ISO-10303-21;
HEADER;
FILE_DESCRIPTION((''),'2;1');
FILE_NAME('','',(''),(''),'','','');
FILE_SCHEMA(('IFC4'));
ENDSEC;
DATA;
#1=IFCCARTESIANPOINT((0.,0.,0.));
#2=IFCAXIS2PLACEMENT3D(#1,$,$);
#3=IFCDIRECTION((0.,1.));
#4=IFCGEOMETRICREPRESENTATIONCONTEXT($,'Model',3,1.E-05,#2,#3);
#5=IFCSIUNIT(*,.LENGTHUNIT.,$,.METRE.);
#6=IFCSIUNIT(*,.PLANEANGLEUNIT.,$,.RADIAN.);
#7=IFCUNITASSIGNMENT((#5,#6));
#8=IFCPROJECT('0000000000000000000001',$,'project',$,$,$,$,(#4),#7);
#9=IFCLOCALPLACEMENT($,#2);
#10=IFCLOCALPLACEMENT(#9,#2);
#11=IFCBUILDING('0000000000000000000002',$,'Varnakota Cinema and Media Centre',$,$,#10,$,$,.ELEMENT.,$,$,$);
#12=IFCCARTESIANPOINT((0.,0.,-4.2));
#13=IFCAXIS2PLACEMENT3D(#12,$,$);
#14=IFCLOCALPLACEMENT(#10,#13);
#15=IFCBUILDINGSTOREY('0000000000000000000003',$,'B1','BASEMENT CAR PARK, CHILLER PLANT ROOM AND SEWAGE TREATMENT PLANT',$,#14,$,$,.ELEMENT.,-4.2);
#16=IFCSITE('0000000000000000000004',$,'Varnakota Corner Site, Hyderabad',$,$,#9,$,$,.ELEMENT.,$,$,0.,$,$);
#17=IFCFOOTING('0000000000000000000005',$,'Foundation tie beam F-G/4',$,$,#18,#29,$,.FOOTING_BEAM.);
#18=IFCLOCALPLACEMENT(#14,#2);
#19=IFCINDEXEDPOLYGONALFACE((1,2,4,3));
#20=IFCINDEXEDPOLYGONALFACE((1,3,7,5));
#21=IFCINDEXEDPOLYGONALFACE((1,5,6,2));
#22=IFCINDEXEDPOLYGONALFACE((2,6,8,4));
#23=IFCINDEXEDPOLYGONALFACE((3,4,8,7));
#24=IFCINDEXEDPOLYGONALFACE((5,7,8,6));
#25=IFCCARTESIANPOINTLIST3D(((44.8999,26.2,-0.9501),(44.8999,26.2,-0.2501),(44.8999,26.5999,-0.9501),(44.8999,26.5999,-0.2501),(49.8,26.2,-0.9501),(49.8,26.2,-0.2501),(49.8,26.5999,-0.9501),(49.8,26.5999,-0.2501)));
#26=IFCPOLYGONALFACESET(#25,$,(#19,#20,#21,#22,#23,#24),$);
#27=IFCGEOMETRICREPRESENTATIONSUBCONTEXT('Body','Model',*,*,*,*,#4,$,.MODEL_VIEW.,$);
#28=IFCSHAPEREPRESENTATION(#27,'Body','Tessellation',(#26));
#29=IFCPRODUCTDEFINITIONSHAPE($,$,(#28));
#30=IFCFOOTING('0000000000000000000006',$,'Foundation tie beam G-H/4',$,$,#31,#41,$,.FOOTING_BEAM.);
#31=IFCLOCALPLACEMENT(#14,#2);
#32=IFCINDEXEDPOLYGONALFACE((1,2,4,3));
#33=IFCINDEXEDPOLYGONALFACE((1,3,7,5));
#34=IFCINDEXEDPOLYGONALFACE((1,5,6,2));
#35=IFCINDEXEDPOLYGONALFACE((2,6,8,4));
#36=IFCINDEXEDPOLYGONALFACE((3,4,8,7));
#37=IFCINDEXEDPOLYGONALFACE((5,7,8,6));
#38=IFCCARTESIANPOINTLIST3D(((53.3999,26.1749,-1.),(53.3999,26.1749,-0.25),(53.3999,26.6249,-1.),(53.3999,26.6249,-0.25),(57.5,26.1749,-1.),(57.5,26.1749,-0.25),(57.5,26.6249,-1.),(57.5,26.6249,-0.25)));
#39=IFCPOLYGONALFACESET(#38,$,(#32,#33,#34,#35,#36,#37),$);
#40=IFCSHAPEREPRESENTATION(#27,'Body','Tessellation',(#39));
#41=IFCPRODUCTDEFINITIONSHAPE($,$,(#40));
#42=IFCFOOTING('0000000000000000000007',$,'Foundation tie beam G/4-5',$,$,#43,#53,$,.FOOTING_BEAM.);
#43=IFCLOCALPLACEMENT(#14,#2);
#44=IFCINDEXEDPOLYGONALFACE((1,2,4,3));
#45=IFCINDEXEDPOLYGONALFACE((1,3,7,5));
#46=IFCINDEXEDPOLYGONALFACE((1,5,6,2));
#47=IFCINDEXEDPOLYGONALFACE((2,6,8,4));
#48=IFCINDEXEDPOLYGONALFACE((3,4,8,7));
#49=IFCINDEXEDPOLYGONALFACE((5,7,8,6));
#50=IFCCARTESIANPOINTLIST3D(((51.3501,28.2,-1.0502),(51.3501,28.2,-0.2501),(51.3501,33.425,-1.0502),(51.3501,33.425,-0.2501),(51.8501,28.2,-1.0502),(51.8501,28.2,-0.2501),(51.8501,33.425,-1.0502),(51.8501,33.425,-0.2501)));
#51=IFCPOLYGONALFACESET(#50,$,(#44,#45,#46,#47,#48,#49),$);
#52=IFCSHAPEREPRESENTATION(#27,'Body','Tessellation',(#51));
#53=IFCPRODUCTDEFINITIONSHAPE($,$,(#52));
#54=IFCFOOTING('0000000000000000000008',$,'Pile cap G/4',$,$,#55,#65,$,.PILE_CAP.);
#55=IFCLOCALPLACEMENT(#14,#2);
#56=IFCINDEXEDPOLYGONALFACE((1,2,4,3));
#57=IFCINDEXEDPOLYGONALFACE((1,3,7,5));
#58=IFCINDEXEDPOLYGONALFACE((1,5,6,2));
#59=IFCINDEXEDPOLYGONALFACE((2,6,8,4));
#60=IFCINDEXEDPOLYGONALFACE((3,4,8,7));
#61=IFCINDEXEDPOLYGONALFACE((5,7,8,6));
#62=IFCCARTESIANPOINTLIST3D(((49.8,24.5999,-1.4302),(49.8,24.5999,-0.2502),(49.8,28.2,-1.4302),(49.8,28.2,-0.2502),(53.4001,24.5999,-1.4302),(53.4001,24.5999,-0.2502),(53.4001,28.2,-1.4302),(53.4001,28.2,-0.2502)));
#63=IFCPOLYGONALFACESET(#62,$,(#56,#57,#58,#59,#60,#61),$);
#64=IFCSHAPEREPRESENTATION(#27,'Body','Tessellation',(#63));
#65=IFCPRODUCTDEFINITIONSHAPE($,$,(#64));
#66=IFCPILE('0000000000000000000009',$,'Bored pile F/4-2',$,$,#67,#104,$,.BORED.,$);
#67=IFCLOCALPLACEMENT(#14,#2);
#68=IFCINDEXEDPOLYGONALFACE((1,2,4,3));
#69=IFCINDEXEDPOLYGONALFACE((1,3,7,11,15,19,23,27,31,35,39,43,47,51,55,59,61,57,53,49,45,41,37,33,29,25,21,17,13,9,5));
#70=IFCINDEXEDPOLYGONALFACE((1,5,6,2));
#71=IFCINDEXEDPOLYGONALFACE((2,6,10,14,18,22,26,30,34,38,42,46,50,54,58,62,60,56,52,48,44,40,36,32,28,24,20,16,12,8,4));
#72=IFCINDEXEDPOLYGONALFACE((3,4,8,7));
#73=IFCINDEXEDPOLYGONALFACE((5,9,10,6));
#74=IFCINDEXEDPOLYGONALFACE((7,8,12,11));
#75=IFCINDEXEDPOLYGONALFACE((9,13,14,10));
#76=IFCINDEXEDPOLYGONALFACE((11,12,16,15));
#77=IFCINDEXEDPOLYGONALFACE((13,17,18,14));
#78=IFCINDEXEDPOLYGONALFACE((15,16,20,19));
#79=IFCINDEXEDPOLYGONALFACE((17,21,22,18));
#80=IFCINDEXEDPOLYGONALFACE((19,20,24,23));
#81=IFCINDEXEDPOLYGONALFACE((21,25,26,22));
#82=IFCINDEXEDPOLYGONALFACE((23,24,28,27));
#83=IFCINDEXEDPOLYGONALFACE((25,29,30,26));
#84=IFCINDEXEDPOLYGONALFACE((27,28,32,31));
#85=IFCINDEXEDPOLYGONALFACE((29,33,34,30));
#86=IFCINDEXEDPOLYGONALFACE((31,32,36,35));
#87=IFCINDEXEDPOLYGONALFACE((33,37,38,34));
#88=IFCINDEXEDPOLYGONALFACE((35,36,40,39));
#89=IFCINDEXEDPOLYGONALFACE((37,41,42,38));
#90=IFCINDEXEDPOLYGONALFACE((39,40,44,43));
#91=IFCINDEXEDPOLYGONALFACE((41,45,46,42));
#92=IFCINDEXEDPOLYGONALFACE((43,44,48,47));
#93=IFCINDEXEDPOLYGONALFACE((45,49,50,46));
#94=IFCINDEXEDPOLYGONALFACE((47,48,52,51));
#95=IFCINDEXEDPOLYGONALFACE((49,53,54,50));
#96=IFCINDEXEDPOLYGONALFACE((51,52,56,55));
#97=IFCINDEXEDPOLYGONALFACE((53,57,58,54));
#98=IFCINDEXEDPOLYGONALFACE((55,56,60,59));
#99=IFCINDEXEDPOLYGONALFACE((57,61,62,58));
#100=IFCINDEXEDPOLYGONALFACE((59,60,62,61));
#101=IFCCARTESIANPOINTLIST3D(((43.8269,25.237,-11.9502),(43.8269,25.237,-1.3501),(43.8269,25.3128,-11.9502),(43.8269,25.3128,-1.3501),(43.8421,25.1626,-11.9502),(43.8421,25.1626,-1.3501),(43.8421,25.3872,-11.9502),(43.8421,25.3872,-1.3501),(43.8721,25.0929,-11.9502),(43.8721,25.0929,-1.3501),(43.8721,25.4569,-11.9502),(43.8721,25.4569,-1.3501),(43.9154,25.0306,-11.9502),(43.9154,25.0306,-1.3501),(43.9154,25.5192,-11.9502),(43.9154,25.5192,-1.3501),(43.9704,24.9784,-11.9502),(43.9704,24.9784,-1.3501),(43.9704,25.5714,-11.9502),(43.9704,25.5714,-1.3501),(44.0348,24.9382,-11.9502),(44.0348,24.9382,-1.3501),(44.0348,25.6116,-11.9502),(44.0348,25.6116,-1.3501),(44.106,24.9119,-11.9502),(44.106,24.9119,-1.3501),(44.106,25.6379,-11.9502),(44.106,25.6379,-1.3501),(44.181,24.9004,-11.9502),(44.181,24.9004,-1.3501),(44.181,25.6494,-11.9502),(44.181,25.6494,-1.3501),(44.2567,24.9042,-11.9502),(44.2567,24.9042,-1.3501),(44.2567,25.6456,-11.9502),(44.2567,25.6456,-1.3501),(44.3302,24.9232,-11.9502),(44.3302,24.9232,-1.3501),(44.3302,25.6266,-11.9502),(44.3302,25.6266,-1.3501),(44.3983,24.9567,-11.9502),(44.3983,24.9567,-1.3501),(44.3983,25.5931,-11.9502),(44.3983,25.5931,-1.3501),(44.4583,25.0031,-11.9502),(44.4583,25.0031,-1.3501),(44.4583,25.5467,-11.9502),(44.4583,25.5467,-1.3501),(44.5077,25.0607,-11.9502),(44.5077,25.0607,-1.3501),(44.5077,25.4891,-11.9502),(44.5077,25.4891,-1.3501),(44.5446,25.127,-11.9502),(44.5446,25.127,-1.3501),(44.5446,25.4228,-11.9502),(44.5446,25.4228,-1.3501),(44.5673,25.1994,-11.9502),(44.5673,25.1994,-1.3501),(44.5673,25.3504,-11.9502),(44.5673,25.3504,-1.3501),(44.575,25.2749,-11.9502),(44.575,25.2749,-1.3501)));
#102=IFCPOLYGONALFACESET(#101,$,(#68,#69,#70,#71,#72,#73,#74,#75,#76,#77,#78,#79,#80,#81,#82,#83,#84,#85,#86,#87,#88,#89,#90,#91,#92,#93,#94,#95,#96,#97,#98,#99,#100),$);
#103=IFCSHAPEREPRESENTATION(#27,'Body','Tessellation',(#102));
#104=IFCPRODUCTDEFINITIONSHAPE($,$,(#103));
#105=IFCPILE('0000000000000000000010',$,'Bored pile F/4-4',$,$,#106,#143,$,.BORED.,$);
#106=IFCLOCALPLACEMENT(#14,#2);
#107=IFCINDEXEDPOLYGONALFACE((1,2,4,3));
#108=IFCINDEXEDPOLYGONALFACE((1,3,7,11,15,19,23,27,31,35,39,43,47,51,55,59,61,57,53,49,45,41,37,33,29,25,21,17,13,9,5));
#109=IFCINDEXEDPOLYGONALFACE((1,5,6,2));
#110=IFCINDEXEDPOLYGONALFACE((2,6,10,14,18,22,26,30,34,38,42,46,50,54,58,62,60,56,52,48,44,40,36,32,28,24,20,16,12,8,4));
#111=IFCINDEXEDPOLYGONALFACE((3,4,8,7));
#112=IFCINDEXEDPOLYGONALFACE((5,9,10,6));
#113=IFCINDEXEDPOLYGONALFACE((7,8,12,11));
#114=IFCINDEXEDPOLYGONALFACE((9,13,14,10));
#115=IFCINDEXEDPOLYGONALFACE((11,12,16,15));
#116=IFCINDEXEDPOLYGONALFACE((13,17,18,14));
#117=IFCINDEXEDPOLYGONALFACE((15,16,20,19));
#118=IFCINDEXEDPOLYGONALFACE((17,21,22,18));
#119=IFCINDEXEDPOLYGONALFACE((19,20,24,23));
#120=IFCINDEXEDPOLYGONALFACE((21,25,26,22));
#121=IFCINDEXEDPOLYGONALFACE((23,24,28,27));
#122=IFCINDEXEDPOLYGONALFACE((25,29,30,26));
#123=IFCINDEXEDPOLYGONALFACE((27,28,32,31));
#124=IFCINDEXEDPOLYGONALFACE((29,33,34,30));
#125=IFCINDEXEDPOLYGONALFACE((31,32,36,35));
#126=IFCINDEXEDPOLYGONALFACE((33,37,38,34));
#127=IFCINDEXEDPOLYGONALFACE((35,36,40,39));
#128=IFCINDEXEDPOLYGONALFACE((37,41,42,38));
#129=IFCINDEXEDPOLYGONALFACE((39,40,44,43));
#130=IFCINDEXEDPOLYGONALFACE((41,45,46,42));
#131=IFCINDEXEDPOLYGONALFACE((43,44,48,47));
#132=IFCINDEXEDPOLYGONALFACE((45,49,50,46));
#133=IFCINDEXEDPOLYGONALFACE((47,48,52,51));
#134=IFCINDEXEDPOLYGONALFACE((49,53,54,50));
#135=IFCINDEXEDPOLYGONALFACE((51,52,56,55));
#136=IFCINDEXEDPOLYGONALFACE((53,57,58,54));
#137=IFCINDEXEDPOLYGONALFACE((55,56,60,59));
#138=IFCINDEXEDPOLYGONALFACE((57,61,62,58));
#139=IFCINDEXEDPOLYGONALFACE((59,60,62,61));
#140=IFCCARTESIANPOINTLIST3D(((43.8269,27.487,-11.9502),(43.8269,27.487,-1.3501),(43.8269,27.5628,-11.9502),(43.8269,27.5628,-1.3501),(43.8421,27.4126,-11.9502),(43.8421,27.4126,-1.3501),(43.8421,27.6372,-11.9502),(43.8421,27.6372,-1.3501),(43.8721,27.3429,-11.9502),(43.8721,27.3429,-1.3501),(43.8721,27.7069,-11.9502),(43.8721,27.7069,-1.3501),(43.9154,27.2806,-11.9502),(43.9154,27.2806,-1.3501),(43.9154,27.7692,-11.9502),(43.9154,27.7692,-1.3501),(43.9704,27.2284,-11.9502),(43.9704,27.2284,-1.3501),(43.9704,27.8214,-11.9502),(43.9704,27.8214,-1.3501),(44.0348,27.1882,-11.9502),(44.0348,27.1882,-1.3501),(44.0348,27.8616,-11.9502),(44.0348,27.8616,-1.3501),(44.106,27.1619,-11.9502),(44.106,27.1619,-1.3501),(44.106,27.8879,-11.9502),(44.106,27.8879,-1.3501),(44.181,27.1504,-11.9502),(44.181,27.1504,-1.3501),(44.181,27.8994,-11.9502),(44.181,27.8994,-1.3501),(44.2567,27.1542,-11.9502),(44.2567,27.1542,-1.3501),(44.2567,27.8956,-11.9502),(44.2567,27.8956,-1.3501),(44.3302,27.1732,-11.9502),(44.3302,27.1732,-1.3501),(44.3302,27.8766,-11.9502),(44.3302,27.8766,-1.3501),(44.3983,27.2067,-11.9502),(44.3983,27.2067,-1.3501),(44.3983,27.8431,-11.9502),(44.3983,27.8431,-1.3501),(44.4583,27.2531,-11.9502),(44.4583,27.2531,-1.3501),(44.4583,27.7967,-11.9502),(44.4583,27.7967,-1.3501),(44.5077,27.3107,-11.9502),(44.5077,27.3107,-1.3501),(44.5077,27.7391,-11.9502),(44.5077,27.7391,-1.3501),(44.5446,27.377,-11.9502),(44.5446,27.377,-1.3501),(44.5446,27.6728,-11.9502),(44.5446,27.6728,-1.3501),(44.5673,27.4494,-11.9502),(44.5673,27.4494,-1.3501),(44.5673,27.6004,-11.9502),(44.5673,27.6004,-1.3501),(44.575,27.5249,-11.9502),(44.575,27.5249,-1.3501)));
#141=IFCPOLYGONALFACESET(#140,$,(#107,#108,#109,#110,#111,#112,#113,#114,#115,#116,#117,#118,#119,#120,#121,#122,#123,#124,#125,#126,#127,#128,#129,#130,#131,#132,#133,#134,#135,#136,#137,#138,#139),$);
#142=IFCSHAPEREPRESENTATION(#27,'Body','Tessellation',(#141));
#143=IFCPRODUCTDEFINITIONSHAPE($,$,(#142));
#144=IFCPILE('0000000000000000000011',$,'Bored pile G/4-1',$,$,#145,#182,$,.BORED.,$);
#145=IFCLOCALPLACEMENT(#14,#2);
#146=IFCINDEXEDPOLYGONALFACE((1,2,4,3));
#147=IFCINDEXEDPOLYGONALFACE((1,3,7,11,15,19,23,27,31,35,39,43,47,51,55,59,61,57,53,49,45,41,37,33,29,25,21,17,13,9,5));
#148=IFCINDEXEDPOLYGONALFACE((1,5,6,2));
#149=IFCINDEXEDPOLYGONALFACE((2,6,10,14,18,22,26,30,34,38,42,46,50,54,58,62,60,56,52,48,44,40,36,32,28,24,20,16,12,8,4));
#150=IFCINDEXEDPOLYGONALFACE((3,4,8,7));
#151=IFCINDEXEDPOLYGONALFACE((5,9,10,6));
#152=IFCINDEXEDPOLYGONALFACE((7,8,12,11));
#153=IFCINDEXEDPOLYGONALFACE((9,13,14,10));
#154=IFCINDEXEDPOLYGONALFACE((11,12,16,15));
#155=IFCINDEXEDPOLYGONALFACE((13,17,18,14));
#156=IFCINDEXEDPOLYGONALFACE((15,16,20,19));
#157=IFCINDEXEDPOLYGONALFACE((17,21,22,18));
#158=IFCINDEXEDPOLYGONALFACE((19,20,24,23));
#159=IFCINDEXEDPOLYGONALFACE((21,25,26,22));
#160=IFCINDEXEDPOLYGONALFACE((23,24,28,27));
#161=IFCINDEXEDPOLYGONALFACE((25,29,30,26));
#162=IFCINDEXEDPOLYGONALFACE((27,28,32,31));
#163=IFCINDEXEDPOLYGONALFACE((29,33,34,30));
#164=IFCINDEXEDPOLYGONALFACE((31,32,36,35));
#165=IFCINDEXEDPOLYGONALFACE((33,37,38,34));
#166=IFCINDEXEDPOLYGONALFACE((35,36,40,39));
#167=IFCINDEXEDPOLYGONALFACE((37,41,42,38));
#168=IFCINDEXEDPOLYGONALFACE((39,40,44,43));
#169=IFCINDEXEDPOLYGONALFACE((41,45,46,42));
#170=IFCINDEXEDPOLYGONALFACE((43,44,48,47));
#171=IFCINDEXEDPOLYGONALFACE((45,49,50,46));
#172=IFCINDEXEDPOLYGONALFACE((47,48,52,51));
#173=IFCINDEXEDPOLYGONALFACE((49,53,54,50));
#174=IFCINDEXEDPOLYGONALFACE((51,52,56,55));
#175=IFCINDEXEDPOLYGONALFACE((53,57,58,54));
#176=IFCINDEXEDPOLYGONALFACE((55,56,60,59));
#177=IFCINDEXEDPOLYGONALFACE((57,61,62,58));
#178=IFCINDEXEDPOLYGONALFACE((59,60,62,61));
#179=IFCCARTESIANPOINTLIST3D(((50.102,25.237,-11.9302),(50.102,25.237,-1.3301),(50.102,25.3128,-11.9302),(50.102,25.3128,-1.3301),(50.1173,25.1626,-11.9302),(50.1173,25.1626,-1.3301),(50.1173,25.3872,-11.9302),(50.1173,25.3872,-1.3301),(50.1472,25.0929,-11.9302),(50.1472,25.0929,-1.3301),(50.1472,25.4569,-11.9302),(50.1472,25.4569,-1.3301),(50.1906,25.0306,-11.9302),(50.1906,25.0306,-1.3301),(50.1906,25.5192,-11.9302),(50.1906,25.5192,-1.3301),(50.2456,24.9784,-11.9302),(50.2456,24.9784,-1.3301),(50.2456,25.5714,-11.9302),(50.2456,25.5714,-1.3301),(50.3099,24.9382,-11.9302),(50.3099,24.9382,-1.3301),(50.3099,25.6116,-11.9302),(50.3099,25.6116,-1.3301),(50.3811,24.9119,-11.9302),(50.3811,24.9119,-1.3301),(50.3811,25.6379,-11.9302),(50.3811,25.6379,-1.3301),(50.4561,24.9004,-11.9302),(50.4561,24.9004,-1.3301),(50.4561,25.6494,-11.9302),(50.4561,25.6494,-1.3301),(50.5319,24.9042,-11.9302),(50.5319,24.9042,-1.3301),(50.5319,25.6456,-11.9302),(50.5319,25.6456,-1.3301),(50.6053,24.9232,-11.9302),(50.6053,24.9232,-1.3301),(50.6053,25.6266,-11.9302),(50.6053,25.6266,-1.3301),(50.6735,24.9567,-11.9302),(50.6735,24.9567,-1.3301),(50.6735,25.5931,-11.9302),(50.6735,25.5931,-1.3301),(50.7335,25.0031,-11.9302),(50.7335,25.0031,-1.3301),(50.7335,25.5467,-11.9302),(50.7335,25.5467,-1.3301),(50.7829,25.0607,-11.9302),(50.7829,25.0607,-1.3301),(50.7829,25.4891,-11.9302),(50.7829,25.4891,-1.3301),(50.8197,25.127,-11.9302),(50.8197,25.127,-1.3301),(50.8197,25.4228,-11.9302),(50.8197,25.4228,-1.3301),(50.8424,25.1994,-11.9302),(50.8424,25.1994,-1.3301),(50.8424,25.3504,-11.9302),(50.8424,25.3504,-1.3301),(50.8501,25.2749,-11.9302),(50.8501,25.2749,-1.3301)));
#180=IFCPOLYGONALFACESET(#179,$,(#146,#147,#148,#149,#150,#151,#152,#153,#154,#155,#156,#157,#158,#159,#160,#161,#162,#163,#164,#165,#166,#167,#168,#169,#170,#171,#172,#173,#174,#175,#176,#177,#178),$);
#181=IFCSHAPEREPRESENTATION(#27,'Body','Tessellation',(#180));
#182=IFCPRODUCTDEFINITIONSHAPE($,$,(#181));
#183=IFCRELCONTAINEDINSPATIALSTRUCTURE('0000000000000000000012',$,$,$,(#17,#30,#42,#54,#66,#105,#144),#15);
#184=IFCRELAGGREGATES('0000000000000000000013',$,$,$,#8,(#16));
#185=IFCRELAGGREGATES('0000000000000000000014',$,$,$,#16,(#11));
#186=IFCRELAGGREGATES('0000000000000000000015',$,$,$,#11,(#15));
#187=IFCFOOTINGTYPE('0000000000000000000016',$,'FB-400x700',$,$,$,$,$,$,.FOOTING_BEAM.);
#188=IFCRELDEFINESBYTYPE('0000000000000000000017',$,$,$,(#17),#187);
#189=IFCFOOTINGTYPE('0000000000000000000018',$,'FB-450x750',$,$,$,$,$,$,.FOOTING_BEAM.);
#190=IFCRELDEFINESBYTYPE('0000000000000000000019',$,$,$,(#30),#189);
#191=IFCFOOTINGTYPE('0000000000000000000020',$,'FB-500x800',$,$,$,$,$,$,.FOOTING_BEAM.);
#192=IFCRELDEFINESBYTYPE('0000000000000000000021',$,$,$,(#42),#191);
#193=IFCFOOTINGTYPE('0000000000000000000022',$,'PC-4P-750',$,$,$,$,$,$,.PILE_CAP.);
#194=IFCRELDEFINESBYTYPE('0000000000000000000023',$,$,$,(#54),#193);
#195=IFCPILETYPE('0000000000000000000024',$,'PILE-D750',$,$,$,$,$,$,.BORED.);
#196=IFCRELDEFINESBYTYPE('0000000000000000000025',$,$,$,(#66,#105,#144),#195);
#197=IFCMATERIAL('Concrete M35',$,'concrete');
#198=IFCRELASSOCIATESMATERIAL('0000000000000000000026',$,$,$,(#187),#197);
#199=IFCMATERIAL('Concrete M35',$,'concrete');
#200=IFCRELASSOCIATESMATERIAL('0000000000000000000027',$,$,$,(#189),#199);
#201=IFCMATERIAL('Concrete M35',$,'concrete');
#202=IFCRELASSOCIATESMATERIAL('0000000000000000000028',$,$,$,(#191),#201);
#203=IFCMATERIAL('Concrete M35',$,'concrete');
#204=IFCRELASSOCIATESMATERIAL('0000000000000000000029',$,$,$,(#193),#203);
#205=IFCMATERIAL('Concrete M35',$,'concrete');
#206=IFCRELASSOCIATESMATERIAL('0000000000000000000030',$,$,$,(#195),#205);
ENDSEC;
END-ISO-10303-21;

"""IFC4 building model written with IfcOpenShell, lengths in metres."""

from ifc_helpers import new_model, si_unit, direction, frame, origin, origin_2d, place, context, subcontext, project, spatial, rectangle, circle, extrude, material, material_profile, profile_set, type_object, element, save


model = new_model("IFC4")

# Units and contexts
model_context = context("Model", 3, precision=1e-05, world=origin(), true_north=direction((0.0, 1.0)))
body_context = subcontext(model_context, "Body", "Model", "MODEL_VIEW")
ifc_project = project(units=[si_unit("LENGTHUNIT", "METRE"), si_unit("PLANEANGLEUNIT", "RADIAN")], contexts=[model_context])

# Site, building, storey
site_placement = place(None, origin())
site = spatial("IfcSite", under=ifc_project, at=site_placement, Name="Varnakota Corner Site, Hyderabad", CompositionType="ELEMENT", RefElevation=0.0)
building_placement = place(site_placement, origin())
building = spatial("IfcBuilding", under=site, at=building_placement, Name="Varnakota Cinema and Media Centre", CompositionType="ELEMENT")
storey_placement = place(building_placement, frame((0.0, 0.0, -4.2)))
storey = spatial("IfcBuildingStorey", under=building, at=storey_placement, Name="B1", Description="BASEMENT CAR PARK, CHILLER PLANT ROOM AND SEWAGE TREATMENT PLANT", CompositionType="ELEMENT", Elevation=-4.2)

# Footings
ifc_material_1 = material(Name="Concrete M35", Category="concrete")
ifc_material_profile_1 = material_profile(ifc_material_1, rectangle(XDim=0.3999, YDim=0.7, at=origin_2d()), Name="FB 400x700")
ifc_profile_set_1 = profile_set([ifc_material_profile_1], Name="Concrete M35")
footing_type_1 = type_object("IfcFootingType", Name="FB-400x700", PredefinedType="FOOTING_BEAM", material=ifc_profile_set_1)
footing_1_placement = place(storey_placement, frame((44.8999, 26.3999, -0.6001), z_axis=(1.0, 0.0, 0.0), x_axis=(0.0, 1.0, 0.0)))
element("IfcFooting", 1, at=footing_1_placement, inside=storey, type_object=footing_type_1, Name="Foundation tie beam F-G/4", PredefinedType="FOOTING_BEAM", context=body_context, shape_type="SweptSolid", body=[
    extrude(rectangle(XDim=0.3999, YDim=0.7, at=origin_2d()), origin(), (0.0, 0.0, 1.0), 4.9001),
])
ifc_material_2 = material(Name="Concrete M35", Category="concrete")
ifc_material_profile_2 = material_profile(ifc_material_2, rectangle(XDim=0.45, YDim=0.75, at=origin_2d()), Name="FB 450x750")
ifc_profile_set_2 = profile_set([ifc_material_profile_2], Name="Concrete M35")
footing_type_2 = type_object("IfcFootingType", Name="FB-450x750", PredefinedType="FOOTING_BEAM", material=ifc_profile_set_2)
footing_2_placement = place(storey_placement, frame((53.3999, 26.3999, -0.625), z_axis=(1.0, 0.0, 0.0), x_axis=(0.0, 1.0, 0.0)))
element("IfcFooting", 2, at=footing_2_placement, inside=storey, type_object=footing_type_2, Name="Foundation tie beam G-H/4", PredefinedType="FOOTING_BEAM", context=body_context, shape_type="SweptSolid", body=[
    extrude(rectangle(XDim=0.45, YDim=0.75, at=origin_2d()), origin(), (0.0, 0.0, 1.0), 4.1001),
])
ifc_material_3 = material(Name="Concrete M35", Category="concrete")
ifc_material_profile_3 = material_profile(ifc_material_3, rectangle(XDim=0.5, YDim=0.8, at=origin_2d()), Name="FB 500x800")
ifc_profile_set_3 = profile_set([ifc_material_profile_3], Name="Concrete M35")
footing_type_3 = type_object("IfcFootingType", Name="FB-500x800", PredefinedType="FOOTING_BEAM", material=ifc_profile_set_3)
footing_3_placement = place(storey_placement, frame((51.6001, 28.2, -0.6501), z_axis=(0.0, 1.0, 0.0), x_axis=(-1.0, 0.0, 0.0)))
element("IfcFooting", 3, at=footing_3_placement, inside=storey, type_object=footing_type_3, Name="Foundation tie beam G/4-5", PredefinedType="FOOTING_BEAM", context=body_context, shape_type="SweptSolid", body=[
    extrude(rectangle(XDim=0.5, YDim=0.8, at=origin_2d()), origin(), (0.0, 0.0, 1.0), 5.2251),
])
ifc_material_4 = material(Name="Concrete M35", Category="concrete")
footing_type_4 = type_object("IfcFootingType", Name="PC-4P-750", PredefinedType="PILE_CAP", material=ifc_material_4)
footing_4_placement = place(storey_placement, frame((51.6001, 26.3999, -1.4302), z_axis=(0.0, 0.0, 1.0), x_axis=(1.0, 0.0, 0.0)))
element("IfcFooting", 4, at=footing_4_placement, inside=storey, type_object=footing_type_4, Name="Pile cap G/4", PredefinedType="PILE_CAP", context=body_context, shape_type="SweptSolid", body=[
    extrude(rectangle(XDim=3.6001, YDim=3.6001, at=origin_2d()), origin(), (0.0, 0.0, 1.0), 1.1799),
])

# Piles
ifc_material_5 = material(Name="Concrete M35", Category="concrete")
ifc_material_profile_4 = material_profile(ifc_material_5, circle(Radius=0.375, at=origin_2d()), Name="PILE D750")
ifc_profile_set_4 = profile_set([ifc_material_profile_4], Name="Concrete M35")
pile_type_1 = type_object("IfcPileType", Name="PILE-D750", PredefinedType="BORED", material=ifc_profile_set_4)
for number, where, z_axis, x_axis, name in (
    (5, (44.2, 25.2749, -1.3501), (0.0, 0.0, -1.0), (1.0, 0.0, 0.0), "Bored pile F/4-2"),
    (6, (44.2, 27.5249, -1.3501), (0.0, 0.0, -1.0), (1.0, 0.0, 0.0), "Bored pile F/4-4"),
    (7, (50.4751, 25.2749, -1.3301), (0.0, 0.0, -1.0), (1.0, 0.0, 0.0), "Bored pile G/4-1"),
):
    element("IfcPile", number, at=place(storey_placement, frame(where, z_axis=z_axis, x_axis=x_axis)), inside=storey, type_object=pile_type_1, Name=name, PredefinedType="BORED", context=body_context, shape_type="SweptSolid", body=[
        extrude(circle(Radius=0.375, at=origin_2d()), origin(), (0.0, 0.0, 1.0), 10.6001),
    ])

save(model, "model.ifc")
